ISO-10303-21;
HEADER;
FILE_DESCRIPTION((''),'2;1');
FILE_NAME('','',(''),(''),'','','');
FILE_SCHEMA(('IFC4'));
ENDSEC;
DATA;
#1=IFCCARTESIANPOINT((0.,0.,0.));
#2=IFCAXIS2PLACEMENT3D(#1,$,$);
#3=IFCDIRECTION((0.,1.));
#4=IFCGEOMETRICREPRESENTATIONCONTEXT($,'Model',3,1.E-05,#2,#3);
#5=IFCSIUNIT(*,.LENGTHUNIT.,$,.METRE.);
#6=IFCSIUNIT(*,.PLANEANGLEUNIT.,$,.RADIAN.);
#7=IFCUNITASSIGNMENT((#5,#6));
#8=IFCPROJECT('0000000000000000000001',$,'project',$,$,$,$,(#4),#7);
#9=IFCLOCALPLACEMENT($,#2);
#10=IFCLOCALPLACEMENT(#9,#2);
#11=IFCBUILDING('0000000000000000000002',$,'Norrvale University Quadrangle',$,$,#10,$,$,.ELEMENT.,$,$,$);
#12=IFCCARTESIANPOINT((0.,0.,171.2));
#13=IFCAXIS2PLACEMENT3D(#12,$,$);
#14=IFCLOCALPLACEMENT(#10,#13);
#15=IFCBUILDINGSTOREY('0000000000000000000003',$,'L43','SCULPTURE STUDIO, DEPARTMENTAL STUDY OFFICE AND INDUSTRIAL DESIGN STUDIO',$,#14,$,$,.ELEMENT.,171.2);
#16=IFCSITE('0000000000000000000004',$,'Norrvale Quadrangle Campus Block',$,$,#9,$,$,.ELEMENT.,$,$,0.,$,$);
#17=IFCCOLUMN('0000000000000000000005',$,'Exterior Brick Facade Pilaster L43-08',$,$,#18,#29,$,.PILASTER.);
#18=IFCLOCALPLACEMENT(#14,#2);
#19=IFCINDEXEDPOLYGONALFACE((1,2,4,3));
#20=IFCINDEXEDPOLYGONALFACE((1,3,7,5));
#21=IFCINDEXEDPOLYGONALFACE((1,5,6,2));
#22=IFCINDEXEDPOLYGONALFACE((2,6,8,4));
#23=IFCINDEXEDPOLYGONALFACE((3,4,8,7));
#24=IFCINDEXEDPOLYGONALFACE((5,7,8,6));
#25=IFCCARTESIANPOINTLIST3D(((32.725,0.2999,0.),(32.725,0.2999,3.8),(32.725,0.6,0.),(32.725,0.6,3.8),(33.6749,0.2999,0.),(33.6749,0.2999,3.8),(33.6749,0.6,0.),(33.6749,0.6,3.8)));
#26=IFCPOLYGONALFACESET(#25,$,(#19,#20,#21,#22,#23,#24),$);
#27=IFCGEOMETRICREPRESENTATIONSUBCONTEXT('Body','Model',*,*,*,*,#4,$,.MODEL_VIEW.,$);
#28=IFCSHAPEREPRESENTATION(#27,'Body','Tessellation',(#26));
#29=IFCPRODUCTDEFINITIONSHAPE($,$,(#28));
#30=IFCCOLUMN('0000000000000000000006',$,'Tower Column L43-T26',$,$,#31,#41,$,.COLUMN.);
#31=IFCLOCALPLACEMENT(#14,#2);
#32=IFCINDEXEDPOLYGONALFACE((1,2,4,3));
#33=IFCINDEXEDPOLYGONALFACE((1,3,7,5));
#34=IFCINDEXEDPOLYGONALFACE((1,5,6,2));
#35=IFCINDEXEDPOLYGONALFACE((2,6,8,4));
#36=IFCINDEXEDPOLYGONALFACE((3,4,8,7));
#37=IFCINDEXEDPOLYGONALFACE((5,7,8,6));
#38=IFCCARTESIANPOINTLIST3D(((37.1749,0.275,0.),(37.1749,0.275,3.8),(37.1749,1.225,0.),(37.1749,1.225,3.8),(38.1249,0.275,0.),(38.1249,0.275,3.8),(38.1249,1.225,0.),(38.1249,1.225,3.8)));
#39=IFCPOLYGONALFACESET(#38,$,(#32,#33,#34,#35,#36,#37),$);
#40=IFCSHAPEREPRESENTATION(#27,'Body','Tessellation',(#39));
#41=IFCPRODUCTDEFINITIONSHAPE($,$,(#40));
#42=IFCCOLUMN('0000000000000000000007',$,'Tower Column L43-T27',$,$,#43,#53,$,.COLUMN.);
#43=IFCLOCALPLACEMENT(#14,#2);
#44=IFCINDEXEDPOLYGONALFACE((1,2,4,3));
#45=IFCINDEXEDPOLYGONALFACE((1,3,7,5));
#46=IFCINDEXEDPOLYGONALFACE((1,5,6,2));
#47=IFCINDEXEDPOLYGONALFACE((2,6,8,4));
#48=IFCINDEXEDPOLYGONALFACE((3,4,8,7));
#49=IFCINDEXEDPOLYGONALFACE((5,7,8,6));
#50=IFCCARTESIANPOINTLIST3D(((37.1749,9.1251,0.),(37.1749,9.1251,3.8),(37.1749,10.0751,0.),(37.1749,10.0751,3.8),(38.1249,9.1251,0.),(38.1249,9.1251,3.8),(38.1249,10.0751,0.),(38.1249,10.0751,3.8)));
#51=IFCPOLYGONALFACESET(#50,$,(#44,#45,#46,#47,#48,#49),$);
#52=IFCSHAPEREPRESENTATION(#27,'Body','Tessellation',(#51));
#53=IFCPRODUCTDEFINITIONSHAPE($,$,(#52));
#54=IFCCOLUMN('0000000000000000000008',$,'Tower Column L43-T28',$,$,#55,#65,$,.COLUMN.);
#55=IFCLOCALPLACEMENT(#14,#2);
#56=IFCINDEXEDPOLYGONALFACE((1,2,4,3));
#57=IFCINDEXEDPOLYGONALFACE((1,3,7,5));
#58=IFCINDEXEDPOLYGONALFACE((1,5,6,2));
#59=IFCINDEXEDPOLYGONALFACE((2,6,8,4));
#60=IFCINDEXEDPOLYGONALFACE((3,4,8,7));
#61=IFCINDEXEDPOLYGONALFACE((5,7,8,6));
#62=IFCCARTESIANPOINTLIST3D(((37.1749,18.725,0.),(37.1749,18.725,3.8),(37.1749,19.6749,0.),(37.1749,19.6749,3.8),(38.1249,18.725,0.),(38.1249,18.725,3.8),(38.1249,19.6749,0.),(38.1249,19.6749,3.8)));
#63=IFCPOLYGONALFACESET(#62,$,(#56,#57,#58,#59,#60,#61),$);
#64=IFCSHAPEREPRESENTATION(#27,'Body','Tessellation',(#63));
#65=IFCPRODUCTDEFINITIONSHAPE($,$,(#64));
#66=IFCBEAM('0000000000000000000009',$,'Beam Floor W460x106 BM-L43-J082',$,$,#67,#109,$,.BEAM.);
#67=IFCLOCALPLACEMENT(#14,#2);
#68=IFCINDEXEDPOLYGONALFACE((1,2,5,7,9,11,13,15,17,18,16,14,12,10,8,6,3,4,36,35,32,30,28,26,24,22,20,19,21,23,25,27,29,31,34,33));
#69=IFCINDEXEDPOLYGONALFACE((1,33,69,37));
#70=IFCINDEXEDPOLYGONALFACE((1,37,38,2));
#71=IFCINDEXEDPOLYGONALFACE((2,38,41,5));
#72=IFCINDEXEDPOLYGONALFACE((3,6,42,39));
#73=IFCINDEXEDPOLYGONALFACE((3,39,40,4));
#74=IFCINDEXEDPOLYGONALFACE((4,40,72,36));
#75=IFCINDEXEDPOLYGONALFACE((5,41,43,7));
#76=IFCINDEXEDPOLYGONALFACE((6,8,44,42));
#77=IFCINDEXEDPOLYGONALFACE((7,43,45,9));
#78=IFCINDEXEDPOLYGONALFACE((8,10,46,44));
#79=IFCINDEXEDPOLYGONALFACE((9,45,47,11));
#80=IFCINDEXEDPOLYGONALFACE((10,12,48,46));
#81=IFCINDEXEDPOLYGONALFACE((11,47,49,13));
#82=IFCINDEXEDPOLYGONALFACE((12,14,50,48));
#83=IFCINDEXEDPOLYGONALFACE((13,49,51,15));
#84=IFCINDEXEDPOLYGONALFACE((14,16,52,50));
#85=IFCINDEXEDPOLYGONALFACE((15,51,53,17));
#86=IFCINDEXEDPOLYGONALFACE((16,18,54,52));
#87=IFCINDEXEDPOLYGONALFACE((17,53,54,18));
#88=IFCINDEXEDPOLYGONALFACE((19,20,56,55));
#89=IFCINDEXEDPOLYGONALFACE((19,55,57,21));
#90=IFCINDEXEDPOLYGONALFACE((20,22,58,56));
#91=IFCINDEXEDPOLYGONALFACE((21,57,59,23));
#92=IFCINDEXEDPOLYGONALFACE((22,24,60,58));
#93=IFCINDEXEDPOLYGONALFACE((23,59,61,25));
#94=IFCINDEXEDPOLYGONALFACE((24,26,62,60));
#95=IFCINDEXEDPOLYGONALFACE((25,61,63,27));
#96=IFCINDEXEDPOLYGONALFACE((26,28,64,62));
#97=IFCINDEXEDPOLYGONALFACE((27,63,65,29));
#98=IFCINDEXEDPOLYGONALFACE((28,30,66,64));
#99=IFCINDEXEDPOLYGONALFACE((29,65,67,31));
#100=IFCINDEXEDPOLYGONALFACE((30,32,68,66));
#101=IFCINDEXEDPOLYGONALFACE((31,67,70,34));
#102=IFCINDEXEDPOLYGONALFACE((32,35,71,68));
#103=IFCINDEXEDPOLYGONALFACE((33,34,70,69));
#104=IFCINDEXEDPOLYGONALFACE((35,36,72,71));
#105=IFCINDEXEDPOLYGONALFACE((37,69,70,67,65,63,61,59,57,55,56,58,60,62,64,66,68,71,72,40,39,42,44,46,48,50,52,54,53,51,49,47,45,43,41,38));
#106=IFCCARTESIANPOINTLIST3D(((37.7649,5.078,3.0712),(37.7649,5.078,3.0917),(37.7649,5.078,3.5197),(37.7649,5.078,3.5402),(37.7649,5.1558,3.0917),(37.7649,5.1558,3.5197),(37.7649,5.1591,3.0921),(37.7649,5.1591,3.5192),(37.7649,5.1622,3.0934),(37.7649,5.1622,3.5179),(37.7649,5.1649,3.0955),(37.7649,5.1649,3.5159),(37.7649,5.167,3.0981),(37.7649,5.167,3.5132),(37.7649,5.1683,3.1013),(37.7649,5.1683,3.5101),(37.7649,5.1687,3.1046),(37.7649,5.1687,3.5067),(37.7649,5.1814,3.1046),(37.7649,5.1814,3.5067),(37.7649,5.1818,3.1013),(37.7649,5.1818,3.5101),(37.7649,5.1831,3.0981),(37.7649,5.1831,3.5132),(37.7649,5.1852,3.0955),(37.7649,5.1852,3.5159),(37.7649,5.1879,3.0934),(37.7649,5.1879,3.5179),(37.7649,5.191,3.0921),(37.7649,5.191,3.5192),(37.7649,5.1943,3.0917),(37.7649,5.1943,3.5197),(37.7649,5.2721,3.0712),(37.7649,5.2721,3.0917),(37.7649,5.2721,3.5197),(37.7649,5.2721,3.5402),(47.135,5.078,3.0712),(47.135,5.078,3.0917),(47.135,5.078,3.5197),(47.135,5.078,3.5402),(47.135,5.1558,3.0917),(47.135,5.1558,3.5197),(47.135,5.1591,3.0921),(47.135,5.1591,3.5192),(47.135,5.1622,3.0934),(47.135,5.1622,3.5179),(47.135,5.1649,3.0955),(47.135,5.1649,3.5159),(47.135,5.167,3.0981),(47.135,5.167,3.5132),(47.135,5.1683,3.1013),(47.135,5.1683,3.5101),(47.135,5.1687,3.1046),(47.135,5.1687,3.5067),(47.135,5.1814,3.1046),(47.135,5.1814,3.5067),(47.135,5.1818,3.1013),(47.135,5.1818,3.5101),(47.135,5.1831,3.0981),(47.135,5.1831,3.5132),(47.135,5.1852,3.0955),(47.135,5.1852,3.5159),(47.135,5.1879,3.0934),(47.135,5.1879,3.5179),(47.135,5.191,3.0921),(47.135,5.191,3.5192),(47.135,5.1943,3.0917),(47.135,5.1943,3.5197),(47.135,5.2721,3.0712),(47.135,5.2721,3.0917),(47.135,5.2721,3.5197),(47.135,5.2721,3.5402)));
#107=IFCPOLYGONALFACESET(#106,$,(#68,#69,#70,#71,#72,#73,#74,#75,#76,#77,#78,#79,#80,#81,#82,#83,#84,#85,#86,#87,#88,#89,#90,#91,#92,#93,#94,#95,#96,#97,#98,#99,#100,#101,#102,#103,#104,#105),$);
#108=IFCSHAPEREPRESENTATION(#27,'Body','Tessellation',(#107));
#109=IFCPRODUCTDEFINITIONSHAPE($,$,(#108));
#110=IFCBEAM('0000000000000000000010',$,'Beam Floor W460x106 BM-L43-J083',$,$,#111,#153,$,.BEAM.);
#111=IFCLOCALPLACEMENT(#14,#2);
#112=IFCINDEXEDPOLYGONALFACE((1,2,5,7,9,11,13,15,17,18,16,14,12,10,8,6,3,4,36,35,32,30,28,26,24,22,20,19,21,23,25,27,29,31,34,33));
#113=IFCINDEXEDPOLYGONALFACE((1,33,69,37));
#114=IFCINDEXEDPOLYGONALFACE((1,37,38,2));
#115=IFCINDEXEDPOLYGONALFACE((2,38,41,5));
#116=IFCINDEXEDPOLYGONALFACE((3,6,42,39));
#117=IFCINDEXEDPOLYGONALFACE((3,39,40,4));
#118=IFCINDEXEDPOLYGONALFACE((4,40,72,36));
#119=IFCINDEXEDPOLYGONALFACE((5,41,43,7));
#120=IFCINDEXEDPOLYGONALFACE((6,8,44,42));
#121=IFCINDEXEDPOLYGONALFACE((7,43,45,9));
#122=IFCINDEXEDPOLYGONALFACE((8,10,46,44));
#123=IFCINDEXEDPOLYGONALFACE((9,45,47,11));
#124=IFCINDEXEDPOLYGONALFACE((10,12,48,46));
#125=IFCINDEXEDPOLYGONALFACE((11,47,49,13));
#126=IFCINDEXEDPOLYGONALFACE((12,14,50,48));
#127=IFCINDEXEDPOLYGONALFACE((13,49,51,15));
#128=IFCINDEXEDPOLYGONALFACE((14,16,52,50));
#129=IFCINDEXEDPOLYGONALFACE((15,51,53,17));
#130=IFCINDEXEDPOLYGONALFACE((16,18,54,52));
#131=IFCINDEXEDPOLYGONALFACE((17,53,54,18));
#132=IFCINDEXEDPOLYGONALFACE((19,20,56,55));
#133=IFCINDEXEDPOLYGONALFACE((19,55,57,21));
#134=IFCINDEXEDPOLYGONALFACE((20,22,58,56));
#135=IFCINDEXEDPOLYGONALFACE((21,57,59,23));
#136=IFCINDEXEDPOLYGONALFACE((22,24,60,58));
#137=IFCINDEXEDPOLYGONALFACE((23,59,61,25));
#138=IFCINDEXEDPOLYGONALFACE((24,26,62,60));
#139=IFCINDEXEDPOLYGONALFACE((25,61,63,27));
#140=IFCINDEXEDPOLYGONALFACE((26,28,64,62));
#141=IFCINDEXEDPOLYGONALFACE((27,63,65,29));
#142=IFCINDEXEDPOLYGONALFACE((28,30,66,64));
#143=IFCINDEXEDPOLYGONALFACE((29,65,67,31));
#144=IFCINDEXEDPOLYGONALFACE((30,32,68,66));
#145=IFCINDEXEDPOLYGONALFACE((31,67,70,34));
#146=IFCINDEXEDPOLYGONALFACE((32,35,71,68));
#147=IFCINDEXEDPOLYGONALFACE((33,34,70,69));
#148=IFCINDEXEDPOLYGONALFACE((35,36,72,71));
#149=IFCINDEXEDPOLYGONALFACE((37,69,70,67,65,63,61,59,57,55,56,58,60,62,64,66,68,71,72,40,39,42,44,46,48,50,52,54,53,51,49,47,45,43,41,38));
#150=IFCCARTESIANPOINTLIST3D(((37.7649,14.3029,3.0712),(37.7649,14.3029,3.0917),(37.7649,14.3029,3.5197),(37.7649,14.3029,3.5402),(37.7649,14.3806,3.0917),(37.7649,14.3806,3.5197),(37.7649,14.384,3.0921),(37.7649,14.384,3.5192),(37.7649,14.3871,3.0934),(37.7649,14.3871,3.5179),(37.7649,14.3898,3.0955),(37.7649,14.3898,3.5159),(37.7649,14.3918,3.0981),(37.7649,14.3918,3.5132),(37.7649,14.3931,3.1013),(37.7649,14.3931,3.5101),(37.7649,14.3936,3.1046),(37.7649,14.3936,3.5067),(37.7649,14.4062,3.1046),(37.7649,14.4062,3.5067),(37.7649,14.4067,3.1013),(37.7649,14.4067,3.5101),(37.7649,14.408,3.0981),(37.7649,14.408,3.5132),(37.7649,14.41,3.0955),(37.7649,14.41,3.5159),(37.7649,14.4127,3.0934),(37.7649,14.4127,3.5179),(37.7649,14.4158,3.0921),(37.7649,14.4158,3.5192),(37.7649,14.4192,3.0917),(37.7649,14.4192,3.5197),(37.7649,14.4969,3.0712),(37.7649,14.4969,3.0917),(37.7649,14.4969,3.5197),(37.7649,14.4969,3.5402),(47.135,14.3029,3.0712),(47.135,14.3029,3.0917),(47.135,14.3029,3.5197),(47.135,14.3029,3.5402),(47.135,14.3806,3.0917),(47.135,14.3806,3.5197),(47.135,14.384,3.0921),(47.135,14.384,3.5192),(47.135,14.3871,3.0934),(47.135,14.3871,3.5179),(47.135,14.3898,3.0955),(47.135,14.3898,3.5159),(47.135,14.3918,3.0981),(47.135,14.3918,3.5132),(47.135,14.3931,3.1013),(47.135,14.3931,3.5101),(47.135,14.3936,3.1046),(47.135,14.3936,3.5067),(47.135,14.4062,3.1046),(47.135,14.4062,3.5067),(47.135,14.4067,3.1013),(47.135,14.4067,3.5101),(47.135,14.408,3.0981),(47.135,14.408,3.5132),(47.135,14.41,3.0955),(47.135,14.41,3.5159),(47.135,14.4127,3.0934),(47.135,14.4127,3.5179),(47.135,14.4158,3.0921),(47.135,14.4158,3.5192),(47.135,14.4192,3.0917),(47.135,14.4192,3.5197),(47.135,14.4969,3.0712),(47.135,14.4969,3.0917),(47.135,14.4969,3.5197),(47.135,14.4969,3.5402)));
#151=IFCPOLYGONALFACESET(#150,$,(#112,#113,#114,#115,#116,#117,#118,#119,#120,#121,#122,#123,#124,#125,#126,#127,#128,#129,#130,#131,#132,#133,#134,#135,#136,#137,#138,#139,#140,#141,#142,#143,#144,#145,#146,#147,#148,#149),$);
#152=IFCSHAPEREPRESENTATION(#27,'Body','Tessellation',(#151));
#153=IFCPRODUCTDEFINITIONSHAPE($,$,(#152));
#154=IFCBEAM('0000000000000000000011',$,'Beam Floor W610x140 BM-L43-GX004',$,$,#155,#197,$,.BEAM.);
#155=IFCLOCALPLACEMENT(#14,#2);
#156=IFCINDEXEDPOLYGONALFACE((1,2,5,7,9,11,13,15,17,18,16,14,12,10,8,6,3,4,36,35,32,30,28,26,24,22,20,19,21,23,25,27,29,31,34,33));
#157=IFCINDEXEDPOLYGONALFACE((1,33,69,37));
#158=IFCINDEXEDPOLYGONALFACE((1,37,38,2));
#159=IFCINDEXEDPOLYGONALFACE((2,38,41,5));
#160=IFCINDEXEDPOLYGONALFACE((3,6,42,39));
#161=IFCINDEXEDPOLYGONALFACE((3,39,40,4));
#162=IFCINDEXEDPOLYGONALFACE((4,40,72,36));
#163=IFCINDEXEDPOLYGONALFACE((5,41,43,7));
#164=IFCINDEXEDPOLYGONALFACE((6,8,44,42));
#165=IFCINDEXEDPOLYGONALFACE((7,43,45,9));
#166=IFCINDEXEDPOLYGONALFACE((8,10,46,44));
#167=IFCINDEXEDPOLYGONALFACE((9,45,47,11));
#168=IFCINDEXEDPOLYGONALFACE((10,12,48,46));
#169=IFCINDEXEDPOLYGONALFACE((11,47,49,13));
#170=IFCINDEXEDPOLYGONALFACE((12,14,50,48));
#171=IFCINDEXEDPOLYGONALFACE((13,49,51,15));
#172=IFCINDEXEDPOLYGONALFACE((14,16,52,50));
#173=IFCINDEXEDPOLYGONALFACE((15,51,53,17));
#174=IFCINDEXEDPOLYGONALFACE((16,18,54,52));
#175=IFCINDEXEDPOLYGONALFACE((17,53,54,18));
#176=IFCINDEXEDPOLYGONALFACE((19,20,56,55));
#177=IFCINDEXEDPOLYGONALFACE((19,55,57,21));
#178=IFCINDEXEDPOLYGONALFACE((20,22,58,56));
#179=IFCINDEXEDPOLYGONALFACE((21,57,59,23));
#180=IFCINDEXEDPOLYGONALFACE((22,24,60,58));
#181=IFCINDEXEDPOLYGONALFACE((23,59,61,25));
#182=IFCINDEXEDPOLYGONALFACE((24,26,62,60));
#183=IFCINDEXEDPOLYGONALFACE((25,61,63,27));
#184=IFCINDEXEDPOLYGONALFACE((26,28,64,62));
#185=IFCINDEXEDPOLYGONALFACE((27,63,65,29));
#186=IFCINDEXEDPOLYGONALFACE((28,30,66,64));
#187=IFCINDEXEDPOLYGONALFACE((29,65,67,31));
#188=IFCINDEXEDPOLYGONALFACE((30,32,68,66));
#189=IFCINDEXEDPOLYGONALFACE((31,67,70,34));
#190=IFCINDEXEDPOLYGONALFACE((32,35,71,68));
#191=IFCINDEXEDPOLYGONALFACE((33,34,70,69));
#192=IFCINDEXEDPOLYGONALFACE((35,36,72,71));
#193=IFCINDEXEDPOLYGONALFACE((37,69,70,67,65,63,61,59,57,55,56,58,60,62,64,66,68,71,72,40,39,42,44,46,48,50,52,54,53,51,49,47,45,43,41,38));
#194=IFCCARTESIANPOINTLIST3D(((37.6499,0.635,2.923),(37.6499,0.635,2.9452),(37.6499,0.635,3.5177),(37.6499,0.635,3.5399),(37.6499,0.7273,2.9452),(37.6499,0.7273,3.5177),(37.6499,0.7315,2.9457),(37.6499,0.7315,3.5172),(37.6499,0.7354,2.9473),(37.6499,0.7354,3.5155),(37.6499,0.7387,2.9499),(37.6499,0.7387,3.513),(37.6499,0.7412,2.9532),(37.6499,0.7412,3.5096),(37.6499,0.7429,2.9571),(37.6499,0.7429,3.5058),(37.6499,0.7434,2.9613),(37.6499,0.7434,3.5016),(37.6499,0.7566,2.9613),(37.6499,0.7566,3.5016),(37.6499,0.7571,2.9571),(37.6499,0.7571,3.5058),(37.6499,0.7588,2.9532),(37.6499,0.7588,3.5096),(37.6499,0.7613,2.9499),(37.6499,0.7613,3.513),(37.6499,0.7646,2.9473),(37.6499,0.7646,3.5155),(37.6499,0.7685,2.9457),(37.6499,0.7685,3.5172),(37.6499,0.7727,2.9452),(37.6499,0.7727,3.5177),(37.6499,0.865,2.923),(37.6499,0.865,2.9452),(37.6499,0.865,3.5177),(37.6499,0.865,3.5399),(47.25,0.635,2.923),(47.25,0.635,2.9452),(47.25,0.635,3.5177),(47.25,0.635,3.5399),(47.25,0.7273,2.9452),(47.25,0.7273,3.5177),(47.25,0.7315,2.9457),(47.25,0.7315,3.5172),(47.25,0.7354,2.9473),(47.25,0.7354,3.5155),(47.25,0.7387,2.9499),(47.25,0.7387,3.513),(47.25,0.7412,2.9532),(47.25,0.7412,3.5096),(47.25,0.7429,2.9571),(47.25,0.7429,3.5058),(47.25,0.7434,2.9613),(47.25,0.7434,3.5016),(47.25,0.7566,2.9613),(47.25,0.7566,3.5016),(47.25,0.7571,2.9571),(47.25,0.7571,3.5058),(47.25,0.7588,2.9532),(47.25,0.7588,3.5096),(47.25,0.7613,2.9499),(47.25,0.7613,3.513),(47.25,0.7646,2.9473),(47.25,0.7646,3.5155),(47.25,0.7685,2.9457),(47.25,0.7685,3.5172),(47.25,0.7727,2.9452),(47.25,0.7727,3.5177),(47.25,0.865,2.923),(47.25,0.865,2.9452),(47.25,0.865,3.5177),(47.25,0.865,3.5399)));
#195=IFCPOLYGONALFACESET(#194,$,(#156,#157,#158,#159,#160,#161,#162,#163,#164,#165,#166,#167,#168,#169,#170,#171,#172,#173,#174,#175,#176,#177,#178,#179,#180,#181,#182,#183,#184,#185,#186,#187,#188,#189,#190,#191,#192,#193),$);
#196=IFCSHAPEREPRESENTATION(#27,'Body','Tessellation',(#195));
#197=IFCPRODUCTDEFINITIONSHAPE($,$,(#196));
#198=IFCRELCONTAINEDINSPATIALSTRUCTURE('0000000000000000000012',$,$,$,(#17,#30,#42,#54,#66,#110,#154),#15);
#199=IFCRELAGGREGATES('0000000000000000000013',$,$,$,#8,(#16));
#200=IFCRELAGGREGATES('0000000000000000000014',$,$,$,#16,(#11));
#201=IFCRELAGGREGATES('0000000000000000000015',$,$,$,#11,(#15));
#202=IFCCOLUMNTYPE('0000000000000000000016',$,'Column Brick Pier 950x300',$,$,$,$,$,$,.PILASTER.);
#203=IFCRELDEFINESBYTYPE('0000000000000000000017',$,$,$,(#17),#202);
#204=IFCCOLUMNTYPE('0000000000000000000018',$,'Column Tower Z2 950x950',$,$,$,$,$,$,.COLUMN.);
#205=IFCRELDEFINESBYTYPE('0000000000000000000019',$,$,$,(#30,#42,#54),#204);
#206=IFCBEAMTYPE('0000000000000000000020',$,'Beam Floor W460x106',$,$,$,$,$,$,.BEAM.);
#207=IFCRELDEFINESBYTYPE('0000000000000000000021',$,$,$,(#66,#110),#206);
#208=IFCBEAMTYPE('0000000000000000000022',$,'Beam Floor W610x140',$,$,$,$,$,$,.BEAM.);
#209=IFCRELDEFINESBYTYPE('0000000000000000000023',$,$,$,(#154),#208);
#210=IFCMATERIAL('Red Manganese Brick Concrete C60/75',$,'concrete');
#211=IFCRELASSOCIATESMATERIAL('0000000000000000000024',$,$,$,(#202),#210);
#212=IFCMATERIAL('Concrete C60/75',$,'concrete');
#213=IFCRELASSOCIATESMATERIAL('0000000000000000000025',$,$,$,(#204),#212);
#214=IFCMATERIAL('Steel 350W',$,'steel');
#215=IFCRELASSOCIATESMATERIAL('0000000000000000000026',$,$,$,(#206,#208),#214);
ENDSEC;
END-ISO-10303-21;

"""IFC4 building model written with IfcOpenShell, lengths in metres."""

from ifc_helpers import new_model, si_unit, direction, frame, origin, origin_2d, place, context, subcontext, project, spatial, rectangle, i_section, extrude, material, material_profile, profile_set, type_object, element, save


model = new_model("IFC4")

# Units and contexts
model_context = context("Model", 3, precision=1e-05, world=origin(), true_north=direction((0.0, 1.0)))
body_context = subcontext(model_context, "Body", "Model", "MODEL_VIEW")
ifc_project = project(units=[si_unit("LENGTHUNIT", "METRE"), si_unit("PLANEANGLEUNIT", "RADIAN")], contexts=[model_context])

# Site, building, storey
site_placement = place(None, origin())
site = spatial("IfcSite", under=ifc_project, at=site_placement, Name="Norrvale Quadrangle Campus Block", CompositionType="ELEMENT", RefElevation=0.0)
building_placement = place(site_placement, origin())
building = spatial("IfcBuilding", under=site, at=building_placement, Name="Norrvale University Quadrangle", CompositionType="ELEMENT")
storey_placement = place(building_placement, frame((0.0, 0.0, 171.2)))
storey = spatial("IfcBuildingStorey", under=building, at=storey_placement, Name="L43", Description="SCULPTURE STUDIO, DEPARTMENTAL STUDY OFFICE AND INDUSTRIAL DESIGN STUDIO", CompositionType="ELEMENT", Elevation=171.2)

# Columns
ifc_material_1 = material(Name="Red Manganese Brick Concrete C60/75", Category="concrete")
ifc_material_profile_1 = material_profile(ifc_material_1, rectangle(XDim=0.95, YDim=0.3, at=origin_2d()), Name="Red Manganese Brick Concrete C60/75")
ifc_profile_set_1 = profile_set([ifc_material_profile_1], Name="Red Manganese Brick Concrete C60/75")
column_type_1 = type_object("IfcColumnType", Name="Column Brick Pier 950x300", PredefinedType="PILASTER", material=ifc_profile_set_1)
column_placement = place(storey_placement, frame((33.2, 0.45, 0.0), z_axis=(0.0, 0.0, 1.0), x_axis=(1.0, 0.0, 0.0)))
element("IfcColumn", 1, at=column_placement, inside=storey, type_object=column_type_1, Name="Exterior Brick Facade Pilaster L43-08", PredefinedType="PILASTER", context=body_context, shape_type="SweptSolid", body=[
    extrude(rectangle(XDim=0.95, YDim=0.3, at=origin_2d()), origin(), (0.0, 0.0, 1.0), 3.8),
])
ifc_material_2 = material(Name="Concrete C60/75", Category="concrete")
ifc_material_profile_2 = material_profile(ifc_material_2, rectangle(XDim=0.95, YDim=0.95, at=origin_2d()), Name="Concrete C60/75")
ifc_profile_set_2 = profile_set([ifc_material_profile_2], Name="Concrete C60/75")
column_type_2 = type_object("IfcColumnType", Name="Column Tower Z2 950x950", PredefinedType="COLUMN", material=ifc_profile_set_2)
for number, where, z_axis, x_axis, name in (
    (2, (37.6499, 0.75, 0.0), (0.0, 0.0, 1.0), (1.0, 0.0, 0.0), "Tower Column L43-T26"),
    (3, (37.6499, 9.6001, 0.0), (0.0, 0.0, 1.0), (1.0, 0.0, 0.0), "Tower Column L43-T27"),
    (4, (37.6499, 19.2, 0.0), (0.0, 0.0, 1.0), (1.0, 0.0, 0.0), "Tower Column L43-T28"),
):
    element("IfcColumn", number, at=place(storey_placement, frame(where, z_axis=z_axis, x_axis=x_axis)), inside=storey, type_object=column_type_2, Name=name, PredefinedType="COLUMN", context=body_context, shape_type="SweptSolid", body=[
        extrude(rectangle(XDim=0.95, YDim=0.95, at=origin_2d()), origin(), (0.0, 0.0, 1.0), 3.8),
    ])

# Beams
ifc_material_3 = material(Name="Steel 350W", Category="steel")
ifc_material_profile_3 = material_profile(ifc_material_3, i_section(OverallWidth=0.1941, OverallDepth=0.469, WebThickness=0.0127, FlangeThickness=0.0205, FilletRadius=0.0129, at=origin_2d()), Name="Steel 350W")
ifc_profile_set_3 = profile_set([ifc_material_profile_3], Name="Steel 350W")
beam_type_1 = type_object("IfcBeamType", Name="Beam Floor W460x106", PredefinedType="BEAM", material=ifc_profile_set_3)
for number, where, z_axis, x_axis, name in (
    (5, (37.7649, 5.175, 3.3057), (1.0, 0.0, 0.0), (0.0, 1.0, 0.0), "Beam Floor W460x106 BM-L43-J082"),
    (6, (37.7649, 14.3999, 3.3057), (1.0, 0.0, 0.0), (0.0, 1.0, 0.0), "Beam Floor W460x106 BM-L43-J083"),
):
    element("IfcBeam", number, at=place(storey_placement, frame(where, z_axis=z_axis, x_axis=x_axis)), inside=storey, type_object=beam_type_1, Name=name, PredefinedType="BEAM", context=body_context, shape_type="SweptSolid", body=[
        extrude(i_section(OverallWidth=0.1941, OverallDepth=0.469, WebThickness=0.0127, FlangeThickness=0.0205, FilletRadius=0.0129, at=origin_2d()), origin(), (0.0, 0.0, 1.0), 9.3701),
    ])
ifc_material_profile_4 = material_profile(ifc_material_3, i_section(OverallWidth=0.23, OverallDepth=0.6169, WebThickness=0.0132, FlangeThickness=0.0222, FilletRadius=0.0161, at=origin_2d()), Name="Steel 350W")
ifc_profile_set_4 = profile_set([ifc_material_profile_4], Name="Steel 350W")
beam_type_2 = type_object("IfcBeamType", Name="Beam Floor W610x140", PredefinedType="BEAM", material=ifc_profile_set_4)
for number, where, z_axis, x_axis, name in (
    (7, (37.6499, 0.75, 3.2314), (1.0, 0.0, 0.0), (0.0, 1.0, 0.0), "Beam Floor W610x140 BM-L43-GX004"),
):
    element("IfcBeam", number, at=place(storey_placement, frame(where, z_axis=z_axis, x_axis=x_axis)), inside=storey, type_object=beam_type_2, Name=name, PredefinedType="BEAM", context=body_context, shape_type="SweptSolid", body=[
        extrude(i_section(OverallWidth=0.23, OverallDepth=0.6169, WebThickness=0.0132, FlangeThickness=0.0222, FilletRadius=0.0161, at=origin_2d()), origin(), (0.0, 0.0, 1.0), 9.6001),
    ])

save(model, "model.ifc")
